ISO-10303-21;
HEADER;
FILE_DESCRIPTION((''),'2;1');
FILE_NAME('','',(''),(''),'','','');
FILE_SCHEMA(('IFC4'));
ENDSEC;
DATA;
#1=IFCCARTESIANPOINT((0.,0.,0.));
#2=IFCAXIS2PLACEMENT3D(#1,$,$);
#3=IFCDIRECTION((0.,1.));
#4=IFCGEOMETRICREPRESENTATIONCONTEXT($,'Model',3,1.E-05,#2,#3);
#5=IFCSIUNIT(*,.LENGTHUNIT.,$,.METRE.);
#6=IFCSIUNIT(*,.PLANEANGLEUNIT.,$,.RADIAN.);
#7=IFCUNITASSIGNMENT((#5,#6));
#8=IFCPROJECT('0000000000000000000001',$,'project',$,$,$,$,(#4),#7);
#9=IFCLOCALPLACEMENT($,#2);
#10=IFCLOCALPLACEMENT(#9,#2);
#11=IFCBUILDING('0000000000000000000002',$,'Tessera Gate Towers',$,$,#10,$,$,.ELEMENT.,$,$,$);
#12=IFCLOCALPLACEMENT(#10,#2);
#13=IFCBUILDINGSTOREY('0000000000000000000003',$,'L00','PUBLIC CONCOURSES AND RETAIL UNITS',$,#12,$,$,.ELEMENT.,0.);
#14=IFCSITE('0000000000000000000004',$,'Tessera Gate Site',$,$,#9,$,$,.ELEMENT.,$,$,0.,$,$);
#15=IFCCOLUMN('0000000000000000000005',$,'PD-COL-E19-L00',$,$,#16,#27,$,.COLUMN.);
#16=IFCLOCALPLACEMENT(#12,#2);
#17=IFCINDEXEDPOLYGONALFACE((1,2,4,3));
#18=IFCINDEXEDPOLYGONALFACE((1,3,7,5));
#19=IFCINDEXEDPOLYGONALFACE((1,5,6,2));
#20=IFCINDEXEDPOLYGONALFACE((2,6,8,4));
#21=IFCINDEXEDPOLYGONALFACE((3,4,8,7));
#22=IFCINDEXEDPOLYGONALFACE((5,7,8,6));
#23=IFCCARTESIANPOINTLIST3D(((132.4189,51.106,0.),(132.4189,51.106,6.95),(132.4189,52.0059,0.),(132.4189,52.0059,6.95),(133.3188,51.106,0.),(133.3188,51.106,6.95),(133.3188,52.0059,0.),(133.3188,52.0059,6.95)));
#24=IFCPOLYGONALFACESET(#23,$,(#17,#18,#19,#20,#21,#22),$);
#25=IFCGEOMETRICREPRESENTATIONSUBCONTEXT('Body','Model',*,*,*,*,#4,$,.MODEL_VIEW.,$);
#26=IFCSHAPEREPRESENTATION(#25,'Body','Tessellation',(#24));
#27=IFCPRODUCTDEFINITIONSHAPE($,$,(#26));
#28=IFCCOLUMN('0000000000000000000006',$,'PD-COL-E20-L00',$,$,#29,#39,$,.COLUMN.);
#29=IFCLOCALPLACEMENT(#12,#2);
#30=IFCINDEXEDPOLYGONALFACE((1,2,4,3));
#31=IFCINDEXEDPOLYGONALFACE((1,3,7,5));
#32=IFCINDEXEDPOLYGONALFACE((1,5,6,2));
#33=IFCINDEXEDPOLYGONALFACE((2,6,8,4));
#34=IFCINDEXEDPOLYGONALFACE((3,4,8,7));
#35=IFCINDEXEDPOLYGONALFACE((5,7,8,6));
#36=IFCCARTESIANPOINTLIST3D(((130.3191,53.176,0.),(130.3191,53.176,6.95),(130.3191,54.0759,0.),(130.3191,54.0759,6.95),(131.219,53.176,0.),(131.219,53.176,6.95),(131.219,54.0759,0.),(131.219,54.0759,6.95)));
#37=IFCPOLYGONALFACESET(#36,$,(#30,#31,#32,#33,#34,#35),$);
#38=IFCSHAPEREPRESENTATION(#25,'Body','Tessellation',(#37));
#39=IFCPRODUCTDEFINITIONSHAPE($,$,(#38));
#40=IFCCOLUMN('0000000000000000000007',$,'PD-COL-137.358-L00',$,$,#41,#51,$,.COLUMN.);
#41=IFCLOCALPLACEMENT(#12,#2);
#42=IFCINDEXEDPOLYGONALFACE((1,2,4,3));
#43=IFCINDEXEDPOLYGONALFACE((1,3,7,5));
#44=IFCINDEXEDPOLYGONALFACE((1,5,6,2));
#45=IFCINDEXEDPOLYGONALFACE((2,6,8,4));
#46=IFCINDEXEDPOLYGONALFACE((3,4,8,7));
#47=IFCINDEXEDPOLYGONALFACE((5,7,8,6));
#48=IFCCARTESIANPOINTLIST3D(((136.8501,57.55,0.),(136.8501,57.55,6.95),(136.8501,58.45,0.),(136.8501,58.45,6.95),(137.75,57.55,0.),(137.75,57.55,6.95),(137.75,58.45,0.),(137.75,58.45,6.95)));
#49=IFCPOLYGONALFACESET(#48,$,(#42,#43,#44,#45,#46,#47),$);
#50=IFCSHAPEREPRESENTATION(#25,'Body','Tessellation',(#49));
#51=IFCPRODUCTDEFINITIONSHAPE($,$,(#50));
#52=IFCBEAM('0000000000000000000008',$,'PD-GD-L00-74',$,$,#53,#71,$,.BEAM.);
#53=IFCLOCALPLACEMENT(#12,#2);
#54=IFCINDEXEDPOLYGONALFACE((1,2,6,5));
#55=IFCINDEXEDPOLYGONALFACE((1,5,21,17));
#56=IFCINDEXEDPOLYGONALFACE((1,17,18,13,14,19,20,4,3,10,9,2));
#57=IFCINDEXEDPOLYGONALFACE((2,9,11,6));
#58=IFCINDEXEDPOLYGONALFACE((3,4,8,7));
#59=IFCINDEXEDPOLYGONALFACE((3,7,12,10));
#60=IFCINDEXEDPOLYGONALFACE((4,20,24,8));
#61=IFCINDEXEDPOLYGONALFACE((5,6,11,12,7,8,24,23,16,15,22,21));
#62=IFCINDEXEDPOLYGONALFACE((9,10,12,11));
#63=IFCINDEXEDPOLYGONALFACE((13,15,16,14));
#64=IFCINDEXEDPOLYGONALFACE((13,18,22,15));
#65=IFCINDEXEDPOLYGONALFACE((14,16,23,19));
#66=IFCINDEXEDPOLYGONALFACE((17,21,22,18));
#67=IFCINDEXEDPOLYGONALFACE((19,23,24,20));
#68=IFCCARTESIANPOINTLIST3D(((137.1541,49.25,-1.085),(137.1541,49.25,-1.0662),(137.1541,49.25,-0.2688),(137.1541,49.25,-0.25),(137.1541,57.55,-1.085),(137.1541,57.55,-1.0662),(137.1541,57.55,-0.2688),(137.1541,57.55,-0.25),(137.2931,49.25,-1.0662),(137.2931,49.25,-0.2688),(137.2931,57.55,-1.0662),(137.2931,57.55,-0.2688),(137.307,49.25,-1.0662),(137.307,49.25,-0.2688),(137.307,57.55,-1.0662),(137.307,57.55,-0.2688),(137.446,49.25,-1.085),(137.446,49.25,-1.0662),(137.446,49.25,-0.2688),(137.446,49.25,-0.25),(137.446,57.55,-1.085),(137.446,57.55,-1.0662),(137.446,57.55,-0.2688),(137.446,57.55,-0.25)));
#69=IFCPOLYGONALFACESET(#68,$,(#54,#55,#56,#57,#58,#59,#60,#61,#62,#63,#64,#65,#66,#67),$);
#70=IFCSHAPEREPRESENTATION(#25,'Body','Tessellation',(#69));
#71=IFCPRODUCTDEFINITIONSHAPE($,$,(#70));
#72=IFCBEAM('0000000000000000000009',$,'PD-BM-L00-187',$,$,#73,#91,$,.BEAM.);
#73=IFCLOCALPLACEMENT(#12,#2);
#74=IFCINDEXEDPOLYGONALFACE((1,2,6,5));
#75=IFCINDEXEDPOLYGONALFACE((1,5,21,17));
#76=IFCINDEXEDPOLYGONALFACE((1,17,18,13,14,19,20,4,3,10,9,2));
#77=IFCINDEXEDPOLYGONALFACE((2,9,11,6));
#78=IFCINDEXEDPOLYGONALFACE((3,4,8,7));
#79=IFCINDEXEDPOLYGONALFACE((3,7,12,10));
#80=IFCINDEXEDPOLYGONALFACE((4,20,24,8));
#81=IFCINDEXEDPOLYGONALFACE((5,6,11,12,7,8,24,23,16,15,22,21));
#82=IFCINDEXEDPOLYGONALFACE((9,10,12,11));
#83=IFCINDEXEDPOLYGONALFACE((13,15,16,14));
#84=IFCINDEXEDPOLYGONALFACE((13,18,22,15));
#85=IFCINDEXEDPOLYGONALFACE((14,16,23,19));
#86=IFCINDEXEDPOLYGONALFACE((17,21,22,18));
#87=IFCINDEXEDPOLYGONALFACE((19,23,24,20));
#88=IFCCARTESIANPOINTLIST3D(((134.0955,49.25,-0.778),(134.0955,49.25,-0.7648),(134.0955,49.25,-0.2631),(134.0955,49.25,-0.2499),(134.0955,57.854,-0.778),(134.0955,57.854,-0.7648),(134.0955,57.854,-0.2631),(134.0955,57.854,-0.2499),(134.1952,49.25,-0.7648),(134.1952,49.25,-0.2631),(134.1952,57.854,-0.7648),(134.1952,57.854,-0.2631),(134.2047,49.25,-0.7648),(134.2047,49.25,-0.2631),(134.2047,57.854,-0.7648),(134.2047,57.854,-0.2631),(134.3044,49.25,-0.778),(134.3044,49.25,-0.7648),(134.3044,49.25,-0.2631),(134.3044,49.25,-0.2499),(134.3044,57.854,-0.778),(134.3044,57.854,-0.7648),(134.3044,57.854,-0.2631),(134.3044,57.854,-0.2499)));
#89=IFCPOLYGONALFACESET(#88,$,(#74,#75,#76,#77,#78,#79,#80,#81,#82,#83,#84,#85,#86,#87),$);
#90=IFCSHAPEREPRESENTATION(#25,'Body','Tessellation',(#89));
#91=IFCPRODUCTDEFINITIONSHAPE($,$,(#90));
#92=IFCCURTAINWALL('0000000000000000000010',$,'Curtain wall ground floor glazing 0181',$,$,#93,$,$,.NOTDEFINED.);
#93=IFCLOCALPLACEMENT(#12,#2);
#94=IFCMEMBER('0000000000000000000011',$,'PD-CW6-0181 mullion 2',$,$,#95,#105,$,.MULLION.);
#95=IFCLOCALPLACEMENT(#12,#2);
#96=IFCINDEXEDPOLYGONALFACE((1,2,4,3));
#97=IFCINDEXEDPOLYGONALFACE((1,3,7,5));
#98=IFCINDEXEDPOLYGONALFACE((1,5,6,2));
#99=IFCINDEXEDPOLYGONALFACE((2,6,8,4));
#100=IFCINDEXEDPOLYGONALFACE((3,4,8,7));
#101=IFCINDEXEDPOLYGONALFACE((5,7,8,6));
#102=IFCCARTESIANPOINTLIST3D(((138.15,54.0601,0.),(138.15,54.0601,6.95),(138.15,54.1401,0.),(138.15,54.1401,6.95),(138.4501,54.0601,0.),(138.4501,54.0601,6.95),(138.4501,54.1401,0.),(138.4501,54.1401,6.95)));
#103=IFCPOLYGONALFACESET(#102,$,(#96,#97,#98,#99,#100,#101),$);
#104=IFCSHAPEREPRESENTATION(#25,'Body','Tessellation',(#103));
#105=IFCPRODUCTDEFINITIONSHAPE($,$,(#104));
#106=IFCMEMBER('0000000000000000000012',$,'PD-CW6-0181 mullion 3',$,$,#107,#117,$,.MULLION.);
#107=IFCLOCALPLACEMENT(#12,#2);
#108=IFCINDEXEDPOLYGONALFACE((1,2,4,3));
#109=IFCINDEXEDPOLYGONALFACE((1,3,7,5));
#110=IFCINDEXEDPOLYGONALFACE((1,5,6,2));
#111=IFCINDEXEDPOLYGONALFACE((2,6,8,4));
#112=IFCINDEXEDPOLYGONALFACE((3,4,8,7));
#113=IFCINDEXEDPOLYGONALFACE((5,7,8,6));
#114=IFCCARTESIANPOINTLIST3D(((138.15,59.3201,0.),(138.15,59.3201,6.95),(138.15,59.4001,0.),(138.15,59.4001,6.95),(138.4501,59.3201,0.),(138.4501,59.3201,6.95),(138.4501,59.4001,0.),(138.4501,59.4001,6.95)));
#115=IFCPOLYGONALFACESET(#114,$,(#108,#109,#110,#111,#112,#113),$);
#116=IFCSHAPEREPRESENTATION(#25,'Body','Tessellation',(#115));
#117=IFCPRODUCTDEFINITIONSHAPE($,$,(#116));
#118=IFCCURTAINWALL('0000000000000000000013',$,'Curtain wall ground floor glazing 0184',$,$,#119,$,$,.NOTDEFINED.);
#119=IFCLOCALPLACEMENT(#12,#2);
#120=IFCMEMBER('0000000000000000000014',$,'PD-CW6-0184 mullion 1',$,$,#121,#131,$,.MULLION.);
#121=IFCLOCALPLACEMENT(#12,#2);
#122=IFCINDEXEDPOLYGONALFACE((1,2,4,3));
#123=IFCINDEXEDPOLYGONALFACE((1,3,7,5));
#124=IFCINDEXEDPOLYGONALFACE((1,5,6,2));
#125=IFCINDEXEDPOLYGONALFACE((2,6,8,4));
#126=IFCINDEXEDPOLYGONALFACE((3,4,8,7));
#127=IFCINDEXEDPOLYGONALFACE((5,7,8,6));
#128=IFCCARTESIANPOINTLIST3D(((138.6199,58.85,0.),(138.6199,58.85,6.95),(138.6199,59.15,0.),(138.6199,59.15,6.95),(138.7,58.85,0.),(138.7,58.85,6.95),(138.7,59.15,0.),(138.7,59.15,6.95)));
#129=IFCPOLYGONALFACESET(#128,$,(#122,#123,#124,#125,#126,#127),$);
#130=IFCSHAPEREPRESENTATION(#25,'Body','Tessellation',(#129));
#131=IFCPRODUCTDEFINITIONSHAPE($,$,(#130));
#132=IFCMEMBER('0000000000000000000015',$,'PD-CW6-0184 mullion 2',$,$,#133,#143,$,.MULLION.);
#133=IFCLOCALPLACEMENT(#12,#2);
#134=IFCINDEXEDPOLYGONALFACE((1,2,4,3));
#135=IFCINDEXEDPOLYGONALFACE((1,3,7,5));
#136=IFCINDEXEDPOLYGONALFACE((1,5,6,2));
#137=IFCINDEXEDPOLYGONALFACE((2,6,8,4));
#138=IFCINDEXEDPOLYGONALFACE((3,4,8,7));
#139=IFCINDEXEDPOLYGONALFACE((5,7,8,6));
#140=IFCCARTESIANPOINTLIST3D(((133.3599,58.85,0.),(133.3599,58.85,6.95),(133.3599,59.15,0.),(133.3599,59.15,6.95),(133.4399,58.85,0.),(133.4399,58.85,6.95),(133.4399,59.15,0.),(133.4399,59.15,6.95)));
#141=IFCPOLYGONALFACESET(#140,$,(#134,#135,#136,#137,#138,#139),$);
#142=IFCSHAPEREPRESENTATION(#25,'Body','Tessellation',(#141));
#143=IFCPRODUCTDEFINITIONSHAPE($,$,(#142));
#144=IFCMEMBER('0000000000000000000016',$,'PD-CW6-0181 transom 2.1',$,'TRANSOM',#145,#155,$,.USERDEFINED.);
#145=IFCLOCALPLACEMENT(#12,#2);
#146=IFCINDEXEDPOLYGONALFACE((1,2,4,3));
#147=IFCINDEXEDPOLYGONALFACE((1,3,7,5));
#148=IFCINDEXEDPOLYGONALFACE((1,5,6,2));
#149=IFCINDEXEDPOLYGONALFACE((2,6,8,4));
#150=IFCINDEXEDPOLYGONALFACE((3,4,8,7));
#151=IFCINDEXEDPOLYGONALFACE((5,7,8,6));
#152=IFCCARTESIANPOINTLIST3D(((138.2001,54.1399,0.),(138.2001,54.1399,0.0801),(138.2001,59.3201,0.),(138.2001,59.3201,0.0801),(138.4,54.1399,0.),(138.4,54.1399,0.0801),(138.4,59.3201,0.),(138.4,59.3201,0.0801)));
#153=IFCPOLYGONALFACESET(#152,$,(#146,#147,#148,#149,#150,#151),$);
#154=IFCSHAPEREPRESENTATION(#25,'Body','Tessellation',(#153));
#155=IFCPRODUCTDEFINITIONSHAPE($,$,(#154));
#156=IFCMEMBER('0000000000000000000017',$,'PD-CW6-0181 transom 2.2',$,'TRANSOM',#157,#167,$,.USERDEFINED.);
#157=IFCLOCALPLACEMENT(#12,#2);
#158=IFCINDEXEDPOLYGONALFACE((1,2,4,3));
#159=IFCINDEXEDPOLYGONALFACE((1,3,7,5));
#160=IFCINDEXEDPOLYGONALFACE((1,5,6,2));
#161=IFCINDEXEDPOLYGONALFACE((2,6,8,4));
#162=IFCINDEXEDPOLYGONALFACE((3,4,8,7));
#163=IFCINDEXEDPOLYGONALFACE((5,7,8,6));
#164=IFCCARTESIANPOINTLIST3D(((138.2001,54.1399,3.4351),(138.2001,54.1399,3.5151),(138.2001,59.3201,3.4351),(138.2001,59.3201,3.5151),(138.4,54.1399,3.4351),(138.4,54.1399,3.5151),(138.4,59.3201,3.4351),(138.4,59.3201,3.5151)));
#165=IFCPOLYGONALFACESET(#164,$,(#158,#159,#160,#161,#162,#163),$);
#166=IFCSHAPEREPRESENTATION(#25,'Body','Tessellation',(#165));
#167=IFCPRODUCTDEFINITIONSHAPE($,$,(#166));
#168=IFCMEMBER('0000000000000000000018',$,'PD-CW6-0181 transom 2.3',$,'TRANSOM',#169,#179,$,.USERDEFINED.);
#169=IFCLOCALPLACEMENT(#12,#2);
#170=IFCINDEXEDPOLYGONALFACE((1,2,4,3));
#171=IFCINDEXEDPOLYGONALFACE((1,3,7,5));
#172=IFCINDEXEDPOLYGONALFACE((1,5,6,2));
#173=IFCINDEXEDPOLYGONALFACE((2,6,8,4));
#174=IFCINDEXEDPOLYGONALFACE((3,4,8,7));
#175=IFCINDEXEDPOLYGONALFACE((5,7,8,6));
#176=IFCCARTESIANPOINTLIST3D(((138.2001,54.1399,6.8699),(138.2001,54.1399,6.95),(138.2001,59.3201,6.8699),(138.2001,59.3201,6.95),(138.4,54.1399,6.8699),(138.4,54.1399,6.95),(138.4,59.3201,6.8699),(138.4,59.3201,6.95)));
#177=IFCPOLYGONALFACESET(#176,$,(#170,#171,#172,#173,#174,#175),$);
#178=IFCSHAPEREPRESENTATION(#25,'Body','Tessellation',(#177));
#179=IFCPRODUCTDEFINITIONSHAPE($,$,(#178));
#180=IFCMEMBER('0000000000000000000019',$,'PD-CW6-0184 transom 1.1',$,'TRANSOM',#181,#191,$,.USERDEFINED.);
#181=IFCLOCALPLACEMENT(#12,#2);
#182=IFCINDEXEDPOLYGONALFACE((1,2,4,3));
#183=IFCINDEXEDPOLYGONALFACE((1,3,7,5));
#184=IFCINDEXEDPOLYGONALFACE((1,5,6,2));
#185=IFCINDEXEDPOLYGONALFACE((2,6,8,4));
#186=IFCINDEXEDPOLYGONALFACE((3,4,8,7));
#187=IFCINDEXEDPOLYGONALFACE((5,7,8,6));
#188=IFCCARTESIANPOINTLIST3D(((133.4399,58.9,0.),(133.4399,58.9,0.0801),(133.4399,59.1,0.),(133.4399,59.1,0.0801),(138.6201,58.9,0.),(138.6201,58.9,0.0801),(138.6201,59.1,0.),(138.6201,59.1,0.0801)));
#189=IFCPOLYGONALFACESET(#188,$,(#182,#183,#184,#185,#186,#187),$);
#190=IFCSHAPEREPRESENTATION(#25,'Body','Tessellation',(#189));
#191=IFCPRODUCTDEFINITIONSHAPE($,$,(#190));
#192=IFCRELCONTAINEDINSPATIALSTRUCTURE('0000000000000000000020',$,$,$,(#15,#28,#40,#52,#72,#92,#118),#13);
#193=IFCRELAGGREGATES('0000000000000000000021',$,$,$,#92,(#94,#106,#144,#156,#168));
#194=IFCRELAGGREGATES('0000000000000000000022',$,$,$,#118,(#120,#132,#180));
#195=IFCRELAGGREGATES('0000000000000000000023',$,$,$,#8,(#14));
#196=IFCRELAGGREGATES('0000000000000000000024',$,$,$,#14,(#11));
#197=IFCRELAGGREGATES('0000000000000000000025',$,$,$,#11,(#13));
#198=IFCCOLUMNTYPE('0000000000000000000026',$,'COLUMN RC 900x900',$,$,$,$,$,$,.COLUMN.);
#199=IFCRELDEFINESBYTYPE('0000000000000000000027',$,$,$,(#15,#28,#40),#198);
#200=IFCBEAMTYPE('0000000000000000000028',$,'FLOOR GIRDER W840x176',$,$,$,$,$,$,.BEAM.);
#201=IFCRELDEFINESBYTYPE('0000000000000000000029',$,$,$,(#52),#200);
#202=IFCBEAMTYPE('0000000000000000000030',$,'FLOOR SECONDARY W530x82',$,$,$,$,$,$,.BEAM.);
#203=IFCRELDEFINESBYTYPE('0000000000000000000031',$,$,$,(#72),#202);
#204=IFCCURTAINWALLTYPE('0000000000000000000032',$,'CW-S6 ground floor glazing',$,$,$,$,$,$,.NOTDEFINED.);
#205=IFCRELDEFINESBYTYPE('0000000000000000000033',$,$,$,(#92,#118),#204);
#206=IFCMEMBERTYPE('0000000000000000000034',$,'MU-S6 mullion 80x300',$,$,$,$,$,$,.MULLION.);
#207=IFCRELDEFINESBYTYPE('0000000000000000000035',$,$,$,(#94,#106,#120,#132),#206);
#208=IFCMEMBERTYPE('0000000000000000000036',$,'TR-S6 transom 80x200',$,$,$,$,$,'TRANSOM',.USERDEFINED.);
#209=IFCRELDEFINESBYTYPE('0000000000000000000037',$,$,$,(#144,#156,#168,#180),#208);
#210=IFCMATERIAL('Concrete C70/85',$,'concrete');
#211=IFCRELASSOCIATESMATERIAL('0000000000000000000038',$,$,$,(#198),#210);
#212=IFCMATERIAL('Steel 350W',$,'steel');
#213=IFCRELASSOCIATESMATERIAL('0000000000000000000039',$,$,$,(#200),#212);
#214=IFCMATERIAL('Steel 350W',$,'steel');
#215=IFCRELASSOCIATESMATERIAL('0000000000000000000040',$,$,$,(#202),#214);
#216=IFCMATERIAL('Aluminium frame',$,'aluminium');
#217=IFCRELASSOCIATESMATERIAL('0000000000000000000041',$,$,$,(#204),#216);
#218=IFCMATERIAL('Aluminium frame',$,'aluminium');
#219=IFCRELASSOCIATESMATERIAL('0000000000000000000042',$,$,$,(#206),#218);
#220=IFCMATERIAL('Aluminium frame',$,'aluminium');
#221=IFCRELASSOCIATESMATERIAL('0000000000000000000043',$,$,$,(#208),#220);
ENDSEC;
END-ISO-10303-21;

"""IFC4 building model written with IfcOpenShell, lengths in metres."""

from ifc_helpers import new_model, si_unit, direction, frame, origin, origin_2d, place, context, subcontext, project, spatial, rectangle, i_section, extrude, material, material_profile, profile_set, type_object, element, aggregate, save


model = new_model("IFC4")

# Units and contexts
model_context = context("Model", 3, precision=1e-05, world=origin(), true_north=direction((0.0, 1.0)))
body_context = subcontext(model_context, "Body", "Model", "MODEL_VIEW")
ifc_project = project(units=[si_unit("LENGTHUNIT", "METRE"), si_unit("PLANEANGLEUNIT", "RADIAN")], contexts=[model_context])

# Site, building, storey
site_placement = place(None, origin())
site = spatial("IfcSite", under=ifc_project, at=site_placement, Name="Tessera Gate Site", CompositionType="ELEMENT", RefElevation=0.0)
building_placement = place(site_placement, origin())
building = spatial("IfcBuilding", under=site, at=building_placement, Name="Tessera Gate Towers", CompositionType="ELEMENT")
storey_placement = place(building_placement, origin())
storey = spatial("IfcBuildingStorey", under=building, at=storey_placement, Name="L00", Description="PUBLIC CONCOURSES AND RETAIL UNITS", CompositionType="ELEMENT", Elevation=0.0)

# Columns
ifc_material_1 = material(Name="Concrete C70/85", Category="concrete")
ifc_material_profile_1 = material_profile(ifc_material_1, rectangle(XDim=0.8999, YDim=0.8999, at=origin_2d()), Name="RC 900x900")
ifc_profile_set_1 = profile_set([ifc_material_profile_1], Name="Concrete C70/85")
column_type = type_object("IfcColumnType", Name="COLUMN RC 900x900", PredefinedType="COLUMN", material=ifc_profile_set_1)
for number, where, z_axis, x_axis, name in (
    (1, (132.8689, 51.5559, 0.0), (0.0, 0.0, 1.0), (1.0, 0.0, 0.0), "PD-COL-E19-L00"),
    (2, (130.769, 53.626, 0.0), (0.0, 0.0, 1.0), (1.0, 0.0, 0.0), "PD-COL-E20-L00"),
    (3, (137.3, 58.0, 0.0), (0.0, 0.0, 1.0), (1.0, 0.0, 0.0), "PD-COL-137.358-L00"),
):
    element("IfcColumn", number, at=place(storey_placement, frame(where, z_axis=z_axis, x_axis=x_axis)), inside=storey, type_object=column_type, Name=name, PredefinedType="COLUMN", context=body_context, shape_type="SweptSolid", body=[
        extrude(rectangle(XDim=0.8999, YDim=0.8999, at=origin_2d()), origin(), (0.0, 0.0, 1.0), 6.95),
    ])

# Beams
ifc_material_2 = material(Name="Steel 350W", Category="steel")
ifc_material_profile_2 = material_profile(ifc_material_2, i_section(OverallWidth=0.292, OverallDepth=0.835, WebThickness=0.0139, FlangeThickness=0.0188, at=origin_2d()), Name="W840x176")
ifc_profile_set_2 = profile_set([ifc_material_profile_2], Name="Steel 350W")
beam_type_1 = type_object("IfcBeamType", Name="FLOOR GIRDER W840x176", PredefinedType="BEAM", material=ifc_profile_set_2)
beam_1_placement = place(storey_placement, frame((137.3, 49.25, -0.6675), z_axis=(0.0, 1.0, 0.0), x_axis=(-1.0, 0.0, 0.0)))
element("IfcBeam", 4, at=beam_1_placement, inside=storey, type_object=beam_type_1, Name="PD-GD-L00-74", PredefinedType="BEAM", context=body_context, shape_type="SweptSolid", body=[
    extrude(i_section(OverallWidth=0.292, OverallDepth=0.835, WebThickness=0.0139, FlangeThickness=0.0188, at=origin_2d()), origin(), (0.0, 0.0, 1.0), 8.3),
])
ifc_material_3 = material(Name="Steel 350W", Category="steel")
ifc_material_profile_3 = material_profile(ifc_material_3, i_section(OverallWidth=0.209, OverallDepth=0.5281, WebThickness=0.0095, FlangeThickness=0.0132, at=origin_2d()), Name="W530x82")
ifc_profile_set_3 = profile_set([ifc_material_profile_3], Name="Steel 350W")
beam_type_2 = type_object("IfcBeamType", Name="FLOOR SECONDARY W530x82", PredefinedType="BEAM", material=ifc_profile_set_3)
beam_2_placement = place(storey_placement, frame((134.2, 49.25, -0.5139), z_axis=(0.0, 1.0, 0.0), x_axis=(-1.0, 0.0, 0.0)))
element("IfcBeam", 5, at=beam_2_placement, inside=storey, type_object=beam_type_2, Name="PD-BM-L00-187", PredefinedType="BEAM", context=body_context, shape_type="SweptSolid", body=[
    extrude(i_section(OverallWidth=0.209, OverallDepth=0.5281, WebThickness=0.0095, FlangeThickness=0.0132, at=origin_2d()), origin(), (0.0, 0.0, 1.0), 8.604),
])

# Curtain walls, members
ifc_material_4 = material(Name="Aluminium frame", Category="aluminium")
curtain_wall_type = type_object("IfcCurtainWallType", Name="CW-S6 ground floor glazing", PredefinedType="NOTDEFINED", material=ifc_material_4)
curtain_wall_1_placement = place(storey_placement, origin())
curtain_wall_1 = element("IfcCurtainWall", 6, at=curtain_wall_1_placement, inside=storey, type_object=curtain_wall_type, Name="Curtain wall ground floor glazing 0181", PredefinedType="NOTDEFINED")
ifc_material_5 = material(Name="Aluminium frame", Category="aluminium")
ifc_material_profile_4 = material_profile(ifc_material_5, rectangle(XDim=0.0801, YDim=0.3, at=origin_2d()), Name="AL 80x300")
ifc_profile_set_4 = profile_set([ifc_material_profile_4], Name="Aluminium frame")
member_type_1 = type_object("IfcMemberType", Name="MU-S6 mullion 80x300", PredefinedType="MULLION", material=ifc_profile_set_4)
member_1_placement = place(storey_placement, frame((138.3, 54.1001, 0.0), z_axis=(0.0, 0.0, 1.0), x_axis=(0.0, 1.0, 0.0)))
member_1 = element("IfcMember", 7, at=member_1_placement, type_object=member_type_1, Name="PD-CW6-0181 mullion 2", PredefinedType="MULLION", context=body_context, shape_type="SweptSolid", body=[
    extrude(rectangle(XDim=0.0801, YDim=0.3, at=origin_2d()), origin(), (0.0, 0.0, 1.0), 6.95),
])
member_2_placement = place(storey_placement, frame((138.3, 59.3601, 0.0), z_axis=(0.0, 0.0, 1.0), x_axis=(0.0, 1.0, 0.0)))
member_2 = element("IfcMember", 8, at=member_2_placement, type_object=member_type_1, Name="PD-CW6-0181 mullion 3", PredefinedType="MULLION", context=body_context, shape_type="SweptSolid", body=[
    extrude(rectangle(XDim=0.0801, YDim=0.3, at=origin_2d()), origin(), (0.0, 0.0, 1.0), 6.95),
])
curtain_wall_2_placement = place(storey_placement, origin())
curtain_wall_2 = element("IfcCurtainWall", 9, at=curtain_wall_2_placement, inside=storey, type_object=curtain_wall_type, Name="Curtain wall ground floor glazing 0184", PredefinedType="NOTDEFINED")
member_3_placement = place(storey_placement, frame((138.6599, 59.0, 0.0), z_axis=(0.0, 0.0, 1.0), x_axis=(-1.0, 0.0, 0.0)))
member_3 = element("IfcMember", 10, at=member_3_placement, type_object=member_type_1, Name="PD-CW6-0184 mullion 1", PredefinedType="MULLION", context=body_context, shape_type="SweptSolid", body=[
    extrude(rectangle(XDim=0.0801, YDim=0.3, at=origin_2d()), origin(), (0.0, 0.0, 1.0), 6.95),
])
member_4_placement = place(storey_placement, frame((133.3999, 59.0, 0.0), z_axis=(0.0, 0.0, 1.0), x_axis=(-1.0, 0.0, 0.0)))
member_4 = element("IfcMember", 11, at=member_4_placement, type_object=member_type_1, Name="PD-CW6-0184 mullion 2", PredefinedType="MULLION", context=body_context, shape_type="SweptSolid", body=[
    extrude(rectangle(XDim=0.0801, YDim=0.3, at=origin_2d()), origin(), (0.0, 0.0, 1.0), 6.95),
])

# Members
ifc_material_6 = material(Name="Aluminium frame", Category="aluminium")
ifc_material_profile_5 = material_profile(ifc_material_6, rectangle(XDim=0.2, YDim=0.0801, at=origin_2d()), Name="AL 80x200")
ifc_profile_set_5 = profile_set([ifc_material_profile_5], Name="Aluminium frame")
member_type_2 = type_object("IfcMemberType", Name="TR-S6 transom 80x200", ElementType="TRANSOM", PredefinedType="USERDEFINED", material=ifc_profile_set_5)
member_5_placement = place(storey_placement, frame((138.3, 54.1399, 0.04), z_axis=(0.0, 1.0, 0.0), x_axis=(-1.0, 0.0, 0.0)))
member_5 = element("IfcMember", 12, at=member_5_placement, type_object=member_type_2, Name="PD-CW6-0181 transom 2.1", ObjectType="TRANSOM", PredefinedType="USERDEFINED", context=body_context, shape_type="SweptSolid", body=[
    extrude(rectangle(XDim=0.2, YDim=0.0801, at=origin_2d()), origin(), (0.0, 0.0, 1.0), 5.1802),
])
member_6_placement = place(storey_placement, frame((138.3, 54.1399, 3.4751), z_axis=(0.0, 1.0, 0.0), x_axis=(-1.0, 0.0, 0.0)))
member_6 = element("IfcMember", 13, at=member_6_placement, type_object=member_type_2, Name="PD-CW6-0181 transom 2.2", ObjectType="TRANSOM", PredefinedType="USERDEFINED", context=body_context, shape_type="SweptSolid", body=[
    extrude(rectangle(XDim=0.2, YDim=0.0801, at=origin_2d()), origin(), (0.0, 0.0, 1.0), 5.1802),
])
member_7_placement = place(storey_placement, frame((138.3, 54.1399, 6.9099), z_axis=(0.0, 1.0, 0.0), x_axis=(-1.0, 0.0, 0.0)))
member_7 = element("IfcMember", 14, at=member_7_placement, type_object=member_type_2, Name="PD-CW6-0181 transom 2.3", ObjectType="TRANSOM", PredefinedType="USERDEFINED", context=body_context, shape_type="SweptSolid", body=[
    extrude(rectangle(XDim=0.2, YDim=0.0801, at=origin_2d()), origin(), (0.0, 0.0, 1.0), 5.1802),
])
member_8_placement = place(storey_placement, frame((138.6201, 59.0, 0.04), z_axis=(-1.0, 0.0, 0.0), x_axis=(0.0, -1.0, 0.0)))
member_8 = element("IfcMember", 15, at=member_8_placement, type_object=member_type_2, Name="PD-CW6-0184 transom 1.1", ObjectType="TRANSOM", PredefinedType="USERDEFINED", context=body_context, shape_type="SweptSolid", body=[
    extrude(rectangle(XDim=0.2, YDim=0.0801, at=origin_2d()), origin(), (0.0, 0.0, 1.0), 5.1802),
])

aggregate(curtain_wall_1, [member_1, member_2, member_5, member_6, member_7])
aggregate(curtain_wall_2, [member_3, member_4, member_8])

save(model, "model.ifc")
